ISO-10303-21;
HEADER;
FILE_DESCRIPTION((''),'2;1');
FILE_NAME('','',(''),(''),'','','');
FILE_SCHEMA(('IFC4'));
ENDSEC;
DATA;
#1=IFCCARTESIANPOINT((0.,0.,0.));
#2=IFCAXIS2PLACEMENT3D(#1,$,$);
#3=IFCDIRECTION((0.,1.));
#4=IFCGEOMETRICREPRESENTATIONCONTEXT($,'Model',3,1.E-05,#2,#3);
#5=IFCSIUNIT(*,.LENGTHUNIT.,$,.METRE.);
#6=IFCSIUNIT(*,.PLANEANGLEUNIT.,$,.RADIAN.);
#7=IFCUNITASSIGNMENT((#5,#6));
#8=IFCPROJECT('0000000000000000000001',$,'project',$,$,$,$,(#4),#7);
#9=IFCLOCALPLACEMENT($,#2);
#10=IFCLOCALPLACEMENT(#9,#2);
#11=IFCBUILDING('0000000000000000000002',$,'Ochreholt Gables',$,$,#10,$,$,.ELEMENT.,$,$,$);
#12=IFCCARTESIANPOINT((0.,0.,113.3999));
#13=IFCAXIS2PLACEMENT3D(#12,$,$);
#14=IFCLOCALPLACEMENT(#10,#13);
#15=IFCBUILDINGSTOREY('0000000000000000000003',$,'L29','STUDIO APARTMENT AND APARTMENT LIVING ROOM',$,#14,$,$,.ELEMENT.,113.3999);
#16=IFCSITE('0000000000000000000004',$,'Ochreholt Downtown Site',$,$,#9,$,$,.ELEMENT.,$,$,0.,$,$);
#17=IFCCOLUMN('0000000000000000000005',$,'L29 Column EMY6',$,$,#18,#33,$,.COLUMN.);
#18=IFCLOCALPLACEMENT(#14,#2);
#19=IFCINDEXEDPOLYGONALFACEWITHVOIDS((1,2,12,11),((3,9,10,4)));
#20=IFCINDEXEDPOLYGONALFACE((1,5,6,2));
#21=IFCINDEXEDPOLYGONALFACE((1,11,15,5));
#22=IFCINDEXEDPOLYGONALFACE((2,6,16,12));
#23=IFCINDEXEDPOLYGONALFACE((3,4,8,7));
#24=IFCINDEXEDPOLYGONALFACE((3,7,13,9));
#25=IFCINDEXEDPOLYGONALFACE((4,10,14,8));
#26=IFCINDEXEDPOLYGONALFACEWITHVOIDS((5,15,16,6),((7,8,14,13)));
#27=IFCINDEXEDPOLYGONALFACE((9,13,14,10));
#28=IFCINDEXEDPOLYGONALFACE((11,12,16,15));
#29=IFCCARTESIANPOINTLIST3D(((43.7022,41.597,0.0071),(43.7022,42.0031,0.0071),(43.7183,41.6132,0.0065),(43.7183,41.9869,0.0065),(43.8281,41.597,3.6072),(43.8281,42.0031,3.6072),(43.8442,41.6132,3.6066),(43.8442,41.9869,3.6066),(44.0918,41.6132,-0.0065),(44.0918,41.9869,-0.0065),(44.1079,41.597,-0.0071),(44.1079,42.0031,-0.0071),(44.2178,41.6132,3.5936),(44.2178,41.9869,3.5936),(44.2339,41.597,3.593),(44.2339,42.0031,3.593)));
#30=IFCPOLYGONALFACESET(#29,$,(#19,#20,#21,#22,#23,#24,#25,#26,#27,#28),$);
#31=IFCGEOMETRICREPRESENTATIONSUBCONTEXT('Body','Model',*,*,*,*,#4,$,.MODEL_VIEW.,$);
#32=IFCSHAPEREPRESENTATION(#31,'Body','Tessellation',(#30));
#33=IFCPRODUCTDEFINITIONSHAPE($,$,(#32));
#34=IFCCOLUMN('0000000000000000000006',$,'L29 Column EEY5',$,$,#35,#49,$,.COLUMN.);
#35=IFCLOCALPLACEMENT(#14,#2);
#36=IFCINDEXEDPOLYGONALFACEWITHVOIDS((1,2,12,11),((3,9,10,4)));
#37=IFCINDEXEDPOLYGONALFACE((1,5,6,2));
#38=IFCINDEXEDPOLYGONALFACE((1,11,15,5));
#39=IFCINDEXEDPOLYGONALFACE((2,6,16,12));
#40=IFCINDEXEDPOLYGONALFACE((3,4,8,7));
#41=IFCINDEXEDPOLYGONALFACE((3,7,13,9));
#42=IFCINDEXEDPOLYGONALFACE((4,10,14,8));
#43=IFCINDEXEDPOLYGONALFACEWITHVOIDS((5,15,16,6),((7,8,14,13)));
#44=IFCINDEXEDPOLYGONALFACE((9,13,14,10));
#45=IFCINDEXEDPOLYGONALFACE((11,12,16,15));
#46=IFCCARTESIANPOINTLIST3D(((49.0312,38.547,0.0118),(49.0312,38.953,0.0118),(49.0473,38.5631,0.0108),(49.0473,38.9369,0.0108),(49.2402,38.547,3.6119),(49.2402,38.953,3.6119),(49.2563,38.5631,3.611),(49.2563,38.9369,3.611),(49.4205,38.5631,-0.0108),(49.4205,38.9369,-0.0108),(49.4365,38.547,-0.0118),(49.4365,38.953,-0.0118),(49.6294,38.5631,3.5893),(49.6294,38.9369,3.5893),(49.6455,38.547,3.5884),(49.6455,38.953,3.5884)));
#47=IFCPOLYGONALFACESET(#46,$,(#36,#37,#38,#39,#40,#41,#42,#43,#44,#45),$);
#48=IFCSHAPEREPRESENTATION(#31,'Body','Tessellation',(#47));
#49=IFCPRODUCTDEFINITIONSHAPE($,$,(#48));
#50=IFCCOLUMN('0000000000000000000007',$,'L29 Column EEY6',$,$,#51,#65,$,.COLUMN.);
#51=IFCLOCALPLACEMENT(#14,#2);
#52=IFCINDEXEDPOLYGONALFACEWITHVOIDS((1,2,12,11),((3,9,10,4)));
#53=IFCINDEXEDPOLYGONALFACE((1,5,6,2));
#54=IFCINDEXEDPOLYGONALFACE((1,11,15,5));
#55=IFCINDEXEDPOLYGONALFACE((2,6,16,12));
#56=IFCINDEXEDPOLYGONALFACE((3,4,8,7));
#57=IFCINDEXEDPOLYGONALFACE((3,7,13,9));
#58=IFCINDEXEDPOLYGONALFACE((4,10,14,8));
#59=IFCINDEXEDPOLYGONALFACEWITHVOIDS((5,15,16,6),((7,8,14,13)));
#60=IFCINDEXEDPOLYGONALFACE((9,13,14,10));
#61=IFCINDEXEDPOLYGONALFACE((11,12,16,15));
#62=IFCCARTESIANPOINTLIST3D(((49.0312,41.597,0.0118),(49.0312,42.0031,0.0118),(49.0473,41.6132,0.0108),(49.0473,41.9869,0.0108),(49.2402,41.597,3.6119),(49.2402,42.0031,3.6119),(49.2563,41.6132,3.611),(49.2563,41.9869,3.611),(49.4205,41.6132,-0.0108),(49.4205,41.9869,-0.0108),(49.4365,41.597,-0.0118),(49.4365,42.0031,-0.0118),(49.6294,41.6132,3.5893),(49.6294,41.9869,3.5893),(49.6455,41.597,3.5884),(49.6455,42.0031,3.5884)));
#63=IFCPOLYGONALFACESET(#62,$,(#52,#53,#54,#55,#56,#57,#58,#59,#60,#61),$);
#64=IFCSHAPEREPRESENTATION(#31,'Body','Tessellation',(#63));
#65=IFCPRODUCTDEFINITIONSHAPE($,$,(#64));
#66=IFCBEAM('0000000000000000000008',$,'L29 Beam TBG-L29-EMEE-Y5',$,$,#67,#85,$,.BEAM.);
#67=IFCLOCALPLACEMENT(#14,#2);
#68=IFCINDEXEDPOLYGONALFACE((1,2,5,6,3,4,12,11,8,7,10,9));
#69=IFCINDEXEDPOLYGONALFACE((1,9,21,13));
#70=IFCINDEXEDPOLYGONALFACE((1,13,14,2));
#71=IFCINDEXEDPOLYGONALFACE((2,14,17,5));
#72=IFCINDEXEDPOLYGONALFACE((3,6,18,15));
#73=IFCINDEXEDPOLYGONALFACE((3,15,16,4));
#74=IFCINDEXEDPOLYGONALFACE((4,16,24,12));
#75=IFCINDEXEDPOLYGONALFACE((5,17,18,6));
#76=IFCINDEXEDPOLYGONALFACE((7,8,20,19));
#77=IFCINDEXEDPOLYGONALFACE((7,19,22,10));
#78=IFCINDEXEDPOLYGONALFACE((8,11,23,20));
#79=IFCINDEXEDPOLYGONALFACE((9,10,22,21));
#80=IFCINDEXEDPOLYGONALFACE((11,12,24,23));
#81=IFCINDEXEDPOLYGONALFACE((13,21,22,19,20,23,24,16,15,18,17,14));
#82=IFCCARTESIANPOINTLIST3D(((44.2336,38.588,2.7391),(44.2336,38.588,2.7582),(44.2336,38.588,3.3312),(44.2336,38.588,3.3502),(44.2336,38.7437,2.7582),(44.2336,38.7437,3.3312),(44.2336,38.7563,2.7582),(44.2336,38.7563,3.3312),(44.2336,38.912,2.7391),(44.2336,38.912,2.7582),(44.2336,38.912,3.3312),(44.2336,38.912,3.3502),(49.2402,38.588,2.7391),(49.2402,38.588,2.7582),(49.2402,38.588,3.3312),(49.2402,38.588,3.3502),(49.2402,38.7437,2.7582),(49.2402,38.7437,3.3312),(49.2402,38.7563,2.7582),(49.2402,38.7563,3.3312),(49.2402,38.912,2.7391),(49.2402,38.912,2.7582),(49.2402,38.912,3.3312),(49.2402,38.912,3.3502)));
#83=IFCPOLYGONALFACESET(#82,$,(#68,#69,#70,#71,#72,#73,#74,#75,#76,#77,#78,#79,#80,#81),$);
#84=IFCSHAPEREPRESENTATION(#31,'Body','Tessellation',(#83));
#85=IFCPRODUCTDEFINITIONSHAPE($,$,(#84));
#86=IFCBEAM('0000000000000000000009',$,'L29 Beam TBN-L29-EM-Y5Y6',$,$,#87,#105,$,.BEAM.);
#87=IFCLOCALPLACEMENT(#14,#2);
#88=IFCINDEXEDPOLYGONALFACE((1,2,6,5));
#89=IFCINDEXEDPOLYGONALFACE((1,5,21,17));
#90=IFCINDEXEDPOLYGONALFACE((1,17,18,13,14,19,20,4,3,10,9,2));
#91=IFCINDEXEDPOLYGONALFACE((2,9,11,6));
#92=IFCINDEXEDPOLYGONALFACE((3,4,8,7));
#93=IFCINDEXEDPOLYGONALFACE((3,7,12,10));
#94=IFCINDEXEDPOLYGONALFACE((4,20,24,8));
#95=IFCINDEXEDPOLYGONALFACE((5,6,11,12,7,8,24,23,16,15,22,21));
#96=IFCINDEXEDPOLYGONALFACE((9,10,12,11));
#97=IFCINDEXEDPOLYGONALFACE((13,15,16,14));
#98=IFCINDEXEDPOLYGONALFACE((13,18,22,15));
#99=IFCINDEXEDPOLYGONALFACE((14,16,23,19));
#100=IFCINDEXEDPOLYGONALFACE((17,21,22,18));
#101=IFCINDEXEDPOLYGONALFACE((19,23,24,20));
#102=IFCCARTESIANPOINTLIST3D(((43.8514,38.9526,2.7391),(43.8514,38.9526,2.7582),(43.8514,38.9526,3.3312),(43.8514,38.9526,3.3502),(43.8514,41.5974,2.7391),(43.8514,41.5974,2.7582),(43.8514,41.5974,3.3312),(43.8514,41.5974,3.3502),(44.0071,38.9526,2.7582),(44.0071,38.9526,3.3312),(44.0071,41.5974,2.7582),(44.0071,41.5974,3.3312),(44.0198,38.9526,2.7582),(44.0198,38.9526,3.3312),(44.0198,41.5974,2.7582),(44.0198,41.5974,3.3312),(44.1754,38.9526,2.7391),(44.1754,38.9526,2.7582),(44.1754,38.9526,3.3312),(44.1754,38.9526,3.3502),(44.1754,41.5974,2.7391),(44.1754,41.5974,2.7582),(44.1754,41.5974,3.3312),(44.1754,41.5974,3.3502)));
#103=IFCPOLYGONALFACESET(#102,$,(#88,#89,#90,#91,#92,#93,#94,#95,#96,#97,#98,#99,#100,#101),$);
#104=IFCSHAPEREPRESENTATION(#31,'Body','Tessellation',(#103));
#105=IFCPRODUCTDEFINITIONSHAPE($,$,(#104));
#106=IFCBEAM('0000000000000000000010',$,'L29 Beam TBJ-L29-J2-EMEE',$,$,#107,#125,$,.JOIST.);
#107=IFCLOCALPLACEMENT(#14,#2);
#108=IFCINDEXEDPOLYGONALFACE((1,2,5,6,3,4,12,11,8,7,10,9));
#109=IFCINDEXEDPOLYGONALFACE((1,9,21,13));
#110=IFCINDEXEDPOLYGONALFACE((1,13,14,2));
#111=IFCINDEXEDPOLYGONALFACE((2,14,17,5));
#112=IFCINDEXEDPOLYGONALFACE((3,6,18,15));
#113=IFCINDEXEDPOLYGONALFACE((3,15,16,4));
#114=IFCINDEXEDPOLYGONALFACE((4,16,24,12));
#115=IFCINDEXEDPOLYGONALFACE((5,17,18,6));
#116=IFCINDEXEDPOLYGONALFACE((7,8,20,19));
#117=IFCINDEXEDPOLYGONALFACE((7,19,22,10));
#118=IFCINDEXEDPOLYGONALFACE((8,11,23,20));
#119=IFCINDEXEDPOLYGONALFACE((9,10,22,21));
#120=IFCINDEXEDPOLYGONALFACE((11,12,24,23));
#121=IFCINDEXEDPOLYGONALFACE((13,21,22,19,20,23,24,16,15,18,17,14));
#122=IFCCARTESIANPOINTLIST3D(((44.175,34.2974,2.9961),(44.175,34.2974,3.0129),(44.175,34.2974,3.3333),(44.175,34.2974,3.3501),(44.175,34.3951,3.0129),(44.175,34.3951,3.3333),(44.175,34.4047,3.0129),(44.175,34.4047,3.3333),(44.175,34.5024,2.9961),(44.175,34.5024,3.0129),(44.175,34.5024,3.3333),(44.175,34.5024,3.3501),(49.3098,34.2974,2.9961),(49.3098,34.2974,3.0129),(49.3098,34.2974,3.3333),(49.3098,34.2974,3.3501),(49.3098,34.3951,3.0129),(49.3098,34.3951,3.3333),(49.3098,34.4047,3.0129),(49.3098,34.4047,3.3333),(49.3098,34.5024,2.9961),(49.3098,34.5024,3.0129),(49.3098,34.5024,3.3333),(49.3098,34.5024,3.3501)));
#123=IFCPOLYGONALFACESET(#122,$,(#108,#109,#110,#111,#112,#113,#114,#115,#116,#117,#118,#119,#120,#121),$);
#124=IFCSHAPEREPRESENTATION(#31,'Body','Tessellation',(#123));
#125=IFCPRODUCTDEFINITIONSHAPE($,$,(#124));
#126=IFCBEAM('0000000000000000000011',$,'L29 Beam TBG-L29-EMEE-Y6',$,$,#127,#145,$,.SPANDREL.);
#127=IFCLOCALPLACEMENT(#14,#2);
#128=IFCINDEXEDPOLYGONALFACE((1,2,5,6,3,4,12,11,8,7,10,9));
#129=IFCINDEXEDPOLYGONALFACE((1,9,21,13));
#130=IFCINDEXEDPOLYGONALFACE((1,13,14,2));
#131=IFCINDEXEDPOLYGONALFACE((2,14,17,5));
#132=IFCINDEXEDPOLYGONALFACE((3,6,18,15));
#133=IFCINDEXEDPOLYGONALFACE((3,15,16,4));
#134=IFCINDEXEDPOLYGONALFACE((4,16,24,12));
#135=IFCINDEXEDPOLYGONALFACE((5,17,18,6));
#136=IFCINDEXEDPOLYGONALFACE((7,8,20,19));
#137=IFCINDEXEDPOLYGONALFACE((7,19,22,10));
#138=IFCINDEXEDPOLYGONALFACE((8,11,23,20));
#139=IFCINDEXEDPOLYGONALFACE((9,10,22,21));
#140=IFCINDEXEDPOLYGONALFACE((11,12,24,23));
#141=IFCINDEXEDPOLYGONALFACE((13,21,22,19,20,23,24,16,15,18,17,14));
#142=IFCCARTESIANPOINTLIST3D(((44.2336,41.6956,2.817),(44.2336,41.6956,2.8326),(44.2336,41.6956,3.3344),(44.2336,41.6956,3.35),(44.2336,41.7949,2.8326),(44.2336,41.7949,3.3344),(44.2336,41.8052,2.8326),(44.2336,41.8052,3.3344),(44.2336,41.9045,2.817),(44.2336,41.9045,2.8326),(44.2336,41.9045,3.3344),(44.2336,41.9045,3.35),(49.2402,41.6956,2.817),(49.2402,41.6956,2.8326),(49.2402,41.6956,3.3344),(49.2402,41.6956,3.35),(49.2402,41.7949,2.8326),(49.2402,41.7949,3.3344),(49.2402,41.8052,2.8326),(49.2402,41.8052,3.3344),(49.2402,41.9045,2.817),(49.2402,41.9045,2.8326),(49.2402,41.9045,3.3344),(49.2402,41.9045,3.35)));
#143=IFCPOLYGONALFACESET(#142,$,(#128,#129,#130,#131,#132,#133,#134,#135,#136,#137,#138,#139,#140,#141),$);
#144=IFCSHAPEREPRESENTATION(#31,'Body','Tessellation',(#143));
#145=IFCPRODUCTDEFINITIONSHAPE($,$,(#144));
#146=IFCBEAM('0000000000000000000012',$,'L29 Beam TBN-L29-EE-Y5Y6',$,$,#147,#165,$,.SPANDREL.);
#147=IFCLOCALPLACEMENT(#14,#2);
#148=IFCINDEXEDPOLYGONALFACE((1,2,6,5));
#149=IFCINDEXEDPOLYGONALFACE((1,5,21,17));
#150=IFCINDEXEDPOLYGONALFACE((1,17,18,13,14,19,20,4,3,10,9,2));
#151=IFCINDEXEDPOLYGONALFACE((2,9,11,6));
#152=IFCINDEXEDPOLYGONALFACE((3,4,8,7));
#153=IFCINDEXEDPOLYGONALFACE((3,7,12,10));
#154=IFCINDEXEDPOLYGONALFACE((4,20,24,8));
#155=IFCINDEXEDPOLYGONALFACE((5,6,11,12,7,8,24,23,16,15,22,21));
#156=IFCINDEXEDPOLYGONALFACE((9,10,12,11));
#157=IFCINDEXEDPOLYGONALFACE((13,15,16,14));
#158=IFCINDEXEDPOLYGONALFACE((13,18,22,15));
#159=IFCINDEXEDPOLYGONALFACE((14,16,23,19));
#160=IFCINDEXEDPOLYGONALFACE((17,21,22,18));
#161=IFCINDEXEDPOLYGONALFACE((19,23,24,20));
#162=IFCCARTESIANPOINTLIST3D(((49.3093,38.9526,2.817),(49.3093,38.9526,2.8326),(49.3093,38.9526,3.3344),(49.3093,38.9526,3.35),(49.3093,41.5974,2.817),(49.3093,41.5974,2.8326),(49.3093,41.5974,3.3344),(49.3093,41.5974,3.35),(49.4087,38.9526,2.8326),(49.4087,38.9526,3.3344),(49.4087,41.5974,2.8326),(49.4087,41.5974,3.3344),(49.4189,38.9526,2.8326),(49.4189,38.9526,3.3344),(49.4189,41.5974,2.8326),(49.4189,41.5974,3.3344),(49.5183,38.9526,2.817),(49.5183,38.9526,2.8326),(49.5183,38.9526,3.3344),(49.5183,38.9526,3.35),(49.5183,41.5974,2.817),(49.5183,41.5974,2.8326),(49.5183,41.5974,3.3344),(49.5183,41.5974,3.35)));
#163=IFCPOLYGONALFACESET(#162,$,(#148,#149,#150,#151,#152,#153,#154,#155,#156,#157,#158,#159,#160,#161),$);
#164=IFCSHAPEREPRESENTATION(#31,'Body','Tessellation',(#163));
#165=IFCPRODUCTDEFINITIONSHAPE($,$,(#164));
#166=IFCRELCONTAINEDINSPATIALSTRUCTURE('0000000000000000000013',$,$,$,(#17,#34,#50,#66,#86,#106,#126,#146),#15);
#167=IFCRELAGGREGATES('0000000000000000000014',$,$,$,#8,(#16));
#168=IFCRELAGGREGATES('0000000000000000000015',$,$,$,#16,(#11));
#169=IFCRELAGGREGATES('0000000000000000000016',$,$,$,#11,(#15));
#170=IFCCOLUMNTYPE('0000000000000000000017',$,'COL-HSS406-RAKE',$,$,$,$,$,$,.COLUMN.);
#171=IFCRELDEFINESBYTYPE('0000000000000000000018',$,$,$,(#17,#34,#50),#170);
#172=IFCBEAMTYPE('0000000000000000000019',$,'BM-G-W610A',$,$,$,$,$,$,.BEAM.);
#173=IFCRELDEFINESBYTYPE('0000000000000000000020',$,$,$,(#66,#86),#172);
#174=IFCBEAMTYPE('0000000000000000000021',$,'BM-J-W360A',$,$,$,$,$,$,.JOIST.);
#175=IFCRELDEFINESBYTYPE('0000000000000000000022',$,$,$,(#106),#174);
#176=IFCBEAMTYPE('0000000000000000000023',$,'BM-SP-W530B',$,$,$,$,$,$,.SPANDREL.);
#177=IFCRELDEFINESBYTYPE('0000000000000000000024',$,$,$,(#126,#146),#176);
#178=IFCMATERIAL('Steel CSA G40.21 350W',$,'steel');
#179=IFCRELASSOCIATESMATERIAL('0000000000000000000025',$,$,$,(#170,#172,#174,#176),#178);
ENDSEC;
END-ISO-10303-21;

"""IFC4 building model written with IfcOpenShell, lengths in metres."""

from ifc_helpers import new_model, si_unit, direction, frame, origin, origin_2d, place, context, subcontext, project, spatial, hollow_rectangle, i_section, extrude, material, material_profile, profile_set, type_object, element, save


model = new_model("IFC4")

# Units and contexts
model_context = context("Model", 3, precision=1e-05, world=origin(), true_north=direction((0.0, 1.0)))
body_context = subcontext(model_context, "Body", "Model", "MODEL_VIEW")
ifc_project = project(units=[si_unit("LENGTHUNIT", "METRE"), si_unit("PLANEANGLEUNIT", "RADIAN")], contexts=[model_context])

# Site, building, storey
site_placement = place(None, origin())
site = spatial("IfcSite", under=ifc_project, at=site_placement, Name="Ochreholt Downtown Site", CompositionType="ELEMENT", RefElevation=0.0)
building_placement = place(site_placement, origin())
building = spatial("IfcBuilding", under=site, at=building_placement, Name="Ochreholt Gables", CompositionType="ELEMENT")
storey_placement = place(building_placement, frame((0.0, 0.0, 113.3999)))
storey = spatial("IfcBuildingStorey", under=building, at=storey_placement, Name="L29", Description="STUDIO APARTMENT AND APARTMENT LIVING ROOM", CompositionType="ELEMENT", Elevation=113.3999)

# Columns
ifc_material_1 = material(Name="Steel CSA G40.21 350W", Category="steel")
ifc_material_profile_1 = material_profile(ifc_material_1, hollow_rectangle(XDim=0.406, YDim=0.406, WallThickness=0.0161, at=origin_2d()), Name="HSS406X406X16")
ifc_profile_set_1 = profile_set([ifc_material_profile_1], Name="Steel CSA G40.21 350W")
column_type = type_object("IfcColumnType", Name="COL-HSS406-RAKE", PredefinedType="COLUMN", material=ifc_profile_set_1)
column_placement = place(storey_placement, frame((43.905, 41.8, 0.0), z_axis=(0.034971, 0.0, 0.999388), x_axis=(0.0, 1.0, 0.0)))
element("IfcColumn", 1, at=column_placement, inside=storey, type_object=column_type, Name="L29 Column EMY6", PredefinedType="COLUMN", context=body_context, shape_type="SweptSolid", body=[
    extrude(hollow_rectangle(XDim=0.406, YDim=0.406, WallThickness=0.0161, at=origin_2d()), origin(), (0.0, 0.0, 1.0), 3.6023),
])
for number, where, z_axis, x_axis, name in (
    (2, (49.2339, 38.75, 0.0), (0.057952, 0.0, 0.998319), (0.0, 1.0, 0.0), "L29 Column EEY5"),
    (3, (49.2339, 41.8, 0.0), (0.057952, 0.0, 0.998319), (0.0, 1.0, 0.0), "L29 Column EEY6"),
):
    element("IfcColumn", number, at=place(storey_placement, frame(where, z_axis=z_axis, x_axis=x_axis)), inside=storey, type_object=column_type, Name=name, PredefinedType="COLUMN", context=body_context, shape_type="SweptSolid", body=[
        extrude(hollow_rectangle(XDim=0.406, YDim=0.406, WallThickness=0.0161, at=origin_2d()), origin(), (0.0, 0.0, 1.0), 3.6062),
    ])

# Beams
ifc_material_profile_2 = material_profile(ifc_material_1, i_section(OverallWidth=0.324, OverallDepth=0.6111, WebThickness=0.0127, FlangeThickness=0.019, at=origin_2d()), Name="W610X155")
ifc_profile_set_2 = profile_set([ifc_material_profile_2], Name="Steel CSA G40.21 350W")
beam_type_1 = type_object("IfcBeamType", Name="BM-G-W610A", PredefinedType="BEAM", material=ifc_profile_set_2)
beam_1_placement = place(storey_placement, frame((44.2336, 38.75, 3.0447), z_axis=(1.0, 0.0, 0.0), x_axis=(0.0, 1.0, 0.0)))
element("IfcBeam", 4, at=beam_1_placement, inside=storey, type_object=beam_type_1, Name="L29 Beam TBG-L29-EMEE-Y5", PredefinedType="BEAM", context=body_context, shape_type="SweptSolid", body=[
    extrude(i_section(OverallWidth=0.324, OverallDepth=0.6111, WebThickness=0.0127, FlangeThickness=0.019, at=origin_2d()), origin(), (0.0, 0.0, 1.0), 5.0066),
])
beam_2_placement = place(storey_placement, frame((44.0134, 38.9526, 3.0447), z_axis=(0.0, 1.0, 0.0), x_axis=(-1.0, 0.0, 0.0)))
element("IfcBeam", 5, at=beam_2_placement, inside=storey, type_object=beam_type_1, Name="L29 Beam TBN-L29-EM-Y5Y6", PredefinedType="BEAM", context=body_context, shape_type="SweptSolid", body=[
    extrude(i_section(OverallWidth=0.324, OverallDepth=0.6111, WebThickness=0.0127, FlangeThickness=0.019, at=origin_2d()), origin(), (0.0, 0.0, 1.0), 2.6448),
])
ifc_material_profile_3 = material_profile(ifc_material_1, i_section(OverallWidth=0.2051, OverallDepth=0.354, WebThickness=0.0095, FlangeThickness=0.0168, at=origin_2d()), Name="W360X79")
ifc_profile_set_3 = profile_set([ifc_material_profile_3], Name="Steel CSA G40.21 350W")
beam_type_2 = type_object("IfcBeamType", Name="BM-J-W360A", PredefinedType="JOIST", material=ifc_profile_set_3)
beam_3_placement = place(storey_placement, frame((44.175, 34.3999, 3.1731), z_axis=(1.0, 0.0, 0.0), x_axis=(0.0, 1.0, 0.0)))
element("IfcBeam", 6, at=beam_3_placement, inside=storey, type_object=beam_type_2, Name="L29 Beam TBJ-L29-J2-EMEE", PredefinedType="JOIST", context=body_context, shape_type="SweptSolid", body=[
    extrude(i_section(OverallWidth=0.2051, OverallDepth=0.354, WebThickness=0.0095, FlangeThickness=0.0168, at=origin_2d()), origin(), (0.0, 0.0, 1.0), 5.1348),
])
ifc_material_profile_4 = material_profile(ifc_material_1, i_section(OverallWidth=0.209, OverallDepth=0.533, WebThickness=0.0103, FlangeThickness=0.0156, at=origin_2d()), Name="W530X92")
ifc_profile_set_4 = profile_set([ifc_material_profile_4], Name="Steel CSA G40.21 350W")
beam_type_3 = type_object("IfcBeamType", Name="BM-SP-W530B", PredefinedType="SPANDREL", material=ifc_profile_set_4)
beam_4_placement = place(storey_placement, frame((44.2336, 41.8, 3.0835), z_axis=(1.0, 0.0, 0.0), x_axis=(0.0, 1.0, 0.0)))
element("IfcBeam", 7, at=beam_4_placement, inside=storey, type_object=beam_type_3, Name="L29 Beam TBG-L29-EMEE-Y6", PredefinedType="SPANDREL", context=body_context, shape_type="SweptSolid", body=[
    extrude(i_section(OverallWidth=0.209, OverallDepth=0.533, WebThickness=0.0103, FlangeThickness=0.0156, at=origin_2d()), origin(), (0.0, 0.0, 1.0), 5.0066),
])
beam_5_placement = place(storey_placement, frame((49.4138, 38.9526, 3.0835), z_axis=(0.0, 1.0, 0.0), x_axis=(-1.0, 0.0, 0.0)))
element("IfcBeam", 8, at=beam_5_placement, inside=storey, type_object=beam_type_3, Name="L29 Beam TBN-L29-EE-Y5Y6", PredefinedType="SPANDREL", context=body_context, shape_type="SweptSolid", body=[
    extrude(i_section(OverallWidth=0.209, OverallDepth=0.533, WebThickness=0.0103, FlangeThickness=0.0156, at=origin_2d()), origin(), (0.0, 0.0, 1.0), 2.6448),
])

save(model, "model.ifc")
